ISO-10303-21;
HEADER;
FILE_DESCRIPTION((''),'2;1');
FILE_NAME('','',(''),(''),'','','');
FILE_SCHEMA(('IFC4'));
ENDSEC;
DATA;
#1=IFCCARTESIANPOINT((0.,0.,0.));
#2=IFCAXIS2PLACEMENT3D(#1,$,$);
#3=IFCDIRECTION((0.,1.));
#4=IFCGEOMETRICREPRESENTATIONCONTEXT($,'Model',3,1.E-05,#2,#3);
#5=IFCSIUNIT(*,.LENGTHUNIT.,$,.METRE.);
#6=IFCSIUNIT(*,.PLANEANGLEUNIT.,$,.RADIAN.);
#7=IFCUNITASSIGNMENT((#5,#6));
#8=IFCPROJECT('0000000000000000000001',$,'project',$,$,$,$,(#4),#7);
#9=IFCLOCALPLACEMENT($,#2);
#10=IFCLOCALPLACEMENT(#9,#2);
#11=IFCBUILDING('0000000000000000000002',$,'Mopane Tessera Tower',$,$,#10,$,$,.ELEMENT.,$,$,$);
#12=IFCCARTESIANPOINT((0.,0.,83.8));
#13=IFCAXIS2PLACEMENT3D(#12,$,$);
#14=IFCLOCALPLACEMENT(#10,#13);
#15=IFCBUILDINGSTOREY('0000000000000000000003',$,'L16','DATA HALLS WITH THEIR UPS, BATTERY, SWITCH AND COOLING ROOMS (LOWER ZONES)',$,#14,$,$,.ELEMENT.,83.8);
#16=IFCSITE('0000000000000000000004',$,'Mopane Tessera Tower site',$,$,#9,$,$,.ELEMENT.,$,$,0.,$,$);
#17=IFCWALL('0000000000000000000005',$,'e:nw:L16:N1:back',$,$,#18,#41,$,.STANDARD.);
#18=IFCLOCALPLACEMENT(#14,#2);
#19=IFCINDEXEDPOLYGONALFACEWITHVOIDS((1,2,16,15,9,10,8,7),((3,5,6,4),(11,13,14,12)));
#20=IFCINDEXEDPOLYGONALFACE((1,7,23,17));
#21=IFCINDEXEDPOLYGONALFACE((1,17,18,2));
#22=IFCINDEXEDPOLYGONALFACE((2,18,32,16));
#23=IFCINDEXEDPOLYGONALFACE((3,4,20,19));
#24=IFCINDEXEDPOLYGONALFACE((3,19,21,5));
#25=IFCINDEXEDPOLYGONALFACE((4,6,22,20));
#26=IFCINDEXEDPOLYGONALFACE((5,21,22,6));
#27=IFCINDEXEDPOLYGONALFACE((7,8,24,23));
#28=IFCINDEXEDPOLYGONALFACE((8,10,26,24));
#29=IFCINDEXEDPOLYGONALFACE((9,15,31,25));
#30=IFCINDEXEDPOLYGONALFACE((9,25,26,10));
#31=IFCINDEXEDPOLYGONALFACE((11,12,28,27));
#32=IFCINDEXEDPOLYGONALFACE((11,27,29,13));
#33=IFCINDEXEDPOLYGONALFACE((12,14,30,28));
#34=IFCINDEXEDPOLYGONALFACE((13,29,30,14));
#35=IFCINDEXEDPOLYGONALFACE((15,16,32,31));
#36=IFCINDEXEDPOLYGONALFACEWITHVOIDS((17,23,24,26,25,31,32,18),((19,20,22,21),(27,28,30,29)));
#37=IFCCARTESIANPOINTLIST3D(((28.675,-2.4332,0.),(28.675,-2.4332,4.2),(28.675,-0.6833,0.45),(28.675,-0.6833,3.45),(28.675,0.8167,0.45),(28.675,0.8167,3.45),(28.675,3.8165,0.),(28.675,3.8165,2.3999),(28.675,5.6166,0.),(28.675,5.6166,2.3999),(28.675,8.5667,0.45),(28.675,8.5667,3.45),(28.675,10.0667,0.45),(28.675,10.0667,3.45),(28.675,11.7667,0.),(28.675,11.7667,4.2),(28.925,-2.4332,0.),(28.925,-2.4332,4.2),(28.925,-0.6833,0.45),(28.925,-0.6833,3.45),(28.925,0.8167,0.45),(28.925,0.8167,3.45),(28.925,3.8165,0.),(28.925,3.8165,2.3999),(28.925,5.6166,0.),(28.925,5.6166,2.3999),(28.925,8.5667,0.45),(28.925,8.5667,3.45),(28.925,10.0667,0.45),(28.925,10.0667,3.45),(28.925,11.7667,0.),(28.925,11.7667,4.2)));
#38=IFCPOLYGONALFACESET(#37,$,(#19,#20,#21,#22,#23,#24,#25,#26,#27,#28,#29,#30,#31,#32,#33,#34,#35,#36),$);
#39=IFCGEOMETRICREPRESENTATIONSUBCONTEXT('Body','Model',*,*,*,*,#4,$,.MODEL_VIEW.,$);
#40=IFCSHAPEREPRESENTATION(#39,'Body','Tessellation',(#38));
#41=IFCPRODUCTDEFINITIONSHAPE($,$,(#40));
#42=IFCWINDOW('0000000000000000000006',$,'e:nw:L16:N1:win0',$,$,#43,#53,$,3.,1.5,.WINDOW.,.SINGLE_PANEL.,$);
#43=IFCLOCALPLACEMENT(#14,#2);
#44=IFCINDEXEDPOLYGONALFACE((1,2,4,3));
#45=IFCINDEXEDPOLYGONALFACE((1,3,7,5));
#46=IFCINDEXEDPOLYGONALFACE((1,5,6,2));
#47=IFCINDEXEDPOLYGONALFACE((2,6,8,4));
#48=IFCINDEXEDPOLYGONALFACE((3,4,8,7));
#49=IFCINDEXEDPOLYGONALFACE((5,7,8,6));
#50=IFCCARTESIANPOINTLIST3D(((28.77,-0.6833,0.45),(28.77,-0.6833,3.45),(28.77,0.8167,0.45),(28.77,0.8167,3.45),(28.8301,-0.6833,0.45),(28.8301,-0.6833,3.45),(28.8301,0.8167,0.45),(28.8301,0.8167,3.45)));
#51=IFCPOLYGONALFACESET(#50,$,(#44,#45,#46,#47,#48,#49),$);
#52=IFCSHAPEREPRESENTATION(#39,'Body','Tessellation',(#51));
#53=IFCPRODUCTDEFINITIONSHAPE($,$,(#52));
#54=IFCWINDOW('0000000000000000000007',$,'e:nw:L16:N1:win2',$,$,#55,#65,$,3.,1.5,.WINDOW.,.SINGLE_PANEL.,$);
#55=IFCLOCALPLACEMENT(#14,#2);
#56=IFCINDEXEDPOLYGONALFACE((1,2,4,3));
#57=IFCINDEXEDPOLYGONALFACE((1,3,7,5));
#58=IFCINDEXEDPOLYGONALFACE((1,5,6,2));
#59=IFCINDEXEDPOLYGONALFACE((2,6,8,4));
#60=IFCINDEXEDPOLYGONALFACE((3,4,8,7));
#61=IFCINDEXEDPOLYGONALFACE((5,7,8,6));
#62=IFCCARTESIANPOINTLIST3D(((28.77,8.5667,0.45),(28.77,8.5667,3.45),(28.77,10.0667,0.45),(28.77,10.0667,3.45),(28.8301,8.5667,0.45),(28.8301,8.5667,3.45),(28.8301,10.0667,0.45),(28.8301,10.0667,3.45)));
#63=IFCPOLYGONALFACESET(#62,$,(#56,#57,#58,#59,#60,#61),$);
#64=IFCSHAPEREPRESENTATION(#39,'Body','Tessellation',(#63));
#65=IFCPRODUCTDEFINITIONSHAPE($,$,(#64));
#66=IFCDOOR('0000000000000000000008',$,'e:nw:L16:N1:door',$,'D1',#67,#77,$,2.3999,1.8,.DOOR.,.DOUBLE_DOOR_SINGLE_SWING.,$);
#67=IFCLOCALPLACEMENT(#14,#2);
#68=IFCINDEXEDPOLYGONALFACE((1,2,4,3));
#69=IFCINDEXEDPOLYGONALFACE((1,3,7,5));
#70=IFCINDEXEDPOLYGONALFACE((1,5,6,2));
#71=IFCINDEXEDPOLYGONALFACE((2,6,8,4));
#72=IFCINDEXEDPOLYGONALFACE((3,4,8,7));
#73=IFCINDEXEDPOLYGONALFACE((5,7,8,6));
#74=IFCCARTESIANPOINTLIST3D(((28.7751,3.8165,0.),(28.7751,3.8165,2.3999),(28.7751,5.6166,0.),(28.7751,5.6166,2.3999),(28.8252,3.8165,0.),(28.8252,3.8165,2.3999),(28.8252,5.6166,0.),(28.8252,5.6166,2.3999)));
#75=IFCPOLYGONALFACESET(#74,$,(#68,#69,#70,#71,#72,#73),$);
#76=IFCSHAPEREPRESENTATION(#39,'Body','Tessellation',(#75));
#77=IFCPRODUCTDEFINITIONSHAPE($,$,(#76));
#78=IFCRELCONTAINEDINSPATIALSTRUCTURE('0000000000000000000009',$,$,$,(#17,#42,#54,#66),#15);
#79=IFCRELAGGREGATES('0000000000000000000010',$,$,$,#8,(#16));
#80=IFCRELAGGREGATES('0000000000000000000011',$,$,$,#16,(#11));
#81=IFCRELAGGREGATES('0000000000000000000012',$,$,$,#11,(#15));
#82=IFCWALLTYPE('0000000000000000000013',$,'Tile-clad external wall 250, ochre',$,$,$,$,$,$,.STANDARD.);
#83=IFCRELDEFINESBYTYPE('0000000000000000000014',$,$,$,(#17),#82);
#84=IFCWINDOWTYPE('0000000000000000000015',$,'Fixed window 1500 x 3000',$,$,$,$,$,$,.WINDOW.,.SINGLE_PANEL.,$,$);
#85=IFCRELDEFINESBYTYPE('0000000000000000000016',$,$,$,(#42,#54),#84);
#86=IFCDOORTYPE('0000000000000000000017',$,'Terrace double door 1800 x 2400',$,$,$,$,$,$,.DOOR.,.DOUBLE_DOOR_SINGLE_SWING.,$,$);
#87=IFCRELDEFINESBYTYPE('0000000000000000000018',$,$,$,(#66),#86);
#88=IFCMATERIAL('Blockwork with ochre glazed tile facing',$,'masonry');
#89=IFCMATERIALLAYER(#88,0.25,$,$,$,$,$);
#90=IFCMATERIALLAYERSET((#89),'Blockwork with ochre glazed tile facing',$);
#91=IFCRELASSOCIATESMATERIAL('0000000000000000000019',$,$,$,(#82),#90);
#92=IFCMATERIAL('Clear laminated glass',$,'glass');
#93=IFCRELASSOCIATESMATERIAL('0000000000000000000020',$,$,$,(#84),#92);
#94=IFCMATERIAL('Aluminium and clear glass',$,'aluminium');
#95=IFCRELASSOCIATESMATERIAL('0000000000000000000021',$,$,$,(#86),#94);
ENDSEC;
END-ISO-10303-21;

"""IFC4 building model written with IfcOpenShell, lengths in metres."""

from ifc_helpers import new_model, si_unit, direction, frame, frame_2d, origin, place, context, subcontext, project, spatial, rectangle, extrude, material, layer, layer_set, type_object, element, fill, save


model = new_model("IFC4")

# Units and contexts
model_context = context("Model", 3, precision=1e-05, world=origin(), true_north=direction((0.0, 1.0)))
body_context = subcontext(model_context, "Body", "Model", "MODEL_VIEW")
ifc_project = project(units=[si_unit("LENGTHUNIT", "METRE"), si_unit("PLANEANGLEUNIT", "RADIAN")], contexts=[model_context])

# Site, building, storey
site_placement = place(None, origin())
site = spatial("IfcSite", under=ifc_project, at=site_placement, Name="Mopane Tessera Tower site", CompositionType="ELEMENT", RefElevation=0.0)
building_placement = place(site_placement, origin())
building = spatial("IfcBuilding", under=site, at=building_placement, Name="Mopane Tessera Tower", CompositionType="ELEMENT")
storey_placement = place(building_placement, frame((0.0, 0.0, 83.8)))
storey = spatial("IfcBuildingStorey", under=building, at=storey_placement, Name="L16", Description="DATA HALLS WITH THEIR UPS, BATTERY, SWITCH AND COOLING ROOMS (LOWER ZONES)", CompositionType="ELEMENT", Elevation=83.8)

# Wall, openings, windows, door
ifc_material_1 = material(Name="Blockwork with ochre glazed tile facing", Category="masonry")
ifc_layer_1 = layer(ifc_material_1, 0.25)
ifc_layer_set_1 = layer_set([ifc_layer_1], Name="Blockwork with ochre glazed tile facing")
wall_type_1 = type_object("IfcWallType", Name="Tile-clad external wall 250, ochre", PredefinedType="STANDARD", material=ifc_layer_set_1)
wall_1_placement = place(storey_placement, frame((28.8, -2.4333, 0.0), z_axis=(0.0, 0.0, 1.0), x_axis=(0.0, 1.0, 0.0)))
wall_1 = element("IfcWall", 1, at=wall_1_placement, inside=storey, type_object=wall_type_1, Name="e:nw:L16:N1:back", PredefinedType="STANDARD", context=body_context, shape_type="SweptSolid", body=[
    extrude(rectangle(XDim=14.2, YDim=0.25, at=frame_2d((7.1001, 0.0))), origin(), (0.0, 0.0, 1.0), 4.2),
])
opening_1_placement = place(wall_1_placement, frame((1.75, 0.0, 0.45)))
opening_1 = element("IfcOpeningElement", 2, at=opening_1_placement, cuts=wall_1, PredefinedType="OPENING", context=body_context, shape_type="SweptSolid", body=[
    extrude(rectangle(XDim=1.5, YDim=3.0, at=frame_2d((0.75, 1.5))), frame((0.0, 0.137, 0.0), z_axis=(0.0, -1.0, 0.0), x_axis=(1.0, 0.0, 0.0)), (0.0, 0.0, 1.0), 0.2739),
])
opening_2_placement = place(wall_1_placement, frame((6.25, 0.0, 0.0)))
opening_2 = element("IfcOpeningElement", 3, at=opening_2_placement, cuts=wall_1, PredefinedType="OPENING", context=body_context, shape_type="SweptSolid", body=[
    extrude(rectangle(XDim=1.8, YDim=2.3999, at=frame_2d((0.8999, 1.2))), frame((0.0, 0.137, 0.0), z_axis=(0.0, -1.0, 0.0), x_axis=(1.0, 0.0, 0.0)), (0.0, 0.0, 1.0), 0.2739),
])
opening_3_placement = place(wall_1_placement, frame((11.0, 0.0, 0.45)))
opening_3 = element("IfcOpeningElement", 4, at=opening_3_placement, cuts=wall_1, PredefinedType="OPENING", context=body_context, shape_type="SweptSolid", body=[
    extrude(rectangle(XDim=1.5, YDim=3.0, at=frame_2d((0.75, 1.5))), frame((0.0, 0.137, 0.0), z_axis=(0.0, -1.0, 0.0), x_axis=(1.0, 0.0, 0.0)), (0.0, 0.0, 1.0), 0.2739),
])
ifc_material_2 = material(Name="Clear laminated glass", Category="glass")
window_type = type_object("IfcWindowType", Name="Fixed window 1500 x 3000", PartitioningType="SINGLE_PANEL", PredefinedType="WINDOW", material=ifc_material_2)
window_1_placement = place(opening_1_placement, origin())
window_1 = element("IfcWindow", 5, at=window_1_placement, inside=storey, type_object=window_type, Name="e:nw:L16:N1:win0", OverallHeight=3.0, OverallWidth=1.5, PartitioningType="SINGLE_PANEL", PredefinedType="WINDOW", context=body_context, shape_type="SweptSolid", body=[
    extrude(rectangle(XDim=1.5, YDim=3.0, at=frame_2d((0.75, 1.5))), frame((0.0, 0.03, 0.0), z_axis=(0.0, -1.0, 0.0), x_axis=(1.0, 0.0, 0.0)), (0.0, 0.0, 1.0), 0.0601),
])
fill(opening_1, window_1)
window_2_placement = place(opening_3_placement, origin())
window_2 = element("IfcWindow", 6, at=window_2_placement, inside=storey, type_object=window_type, Name="e:nw:L16:N1:win2", OverallHeight=3.0, OverallWidth=1.5, PartitioningType="SINGLE_PANEL", PredefinedType="WINDOW", context=body_context, shape_type="SweptSolid", body=[
    extrude(rectangle(XDim=1.5, YDim=3.0, at=frame_2d((0.75, 1.5))), frame((0.0, 0.03, 0.0), z_axis=(0.0, -1.0, 0.0), x_axis=(1.0, 0.0, 0.0)), (0.0, 0.0, 1.0), 0.0601),
])
fill(opening_3, window_2)
ifc_material_3 = material(Name="Aluminium and clear glass", Category="aluminium")
door_type_1 = type_object("IfcDoorType", Name="Terrace double door 1800 x 2400", OperationType="DOUBLE_DOOR_SINGLE_SWING", PredefinedType="DOOR", material=ifc_material_3)
door_1_placement = place(opening_2_placement, origin())
door_1 = element("IfcDoor", 7, at=door_1_placement, inside=storey, type_object=door_type_1, Name="e:nw:L16:N1:door", ObjectType="D1", OperationType="DOUBLE_DOOR_SINGLE_SWING", OverallHeight=2.3999, OverallWidth=1.8, PredefinedType="DOOR", context=body_context, shape_type="SweptSolid", body=[
    extrude(rectangle(XDim=1.8, YDim=2.3999, at=frame_2d((0.8999, 1.2))), frame((0.0, 0.0249, 0.0), z_axis=(0.0, -1.0, 0.0), x_axis=(1.0, 0.0, 0.0)), (0.0, 0.0, 1.0), 0.05),
])
fill(opening_2, door_1)

save(model, "model.ifc")
